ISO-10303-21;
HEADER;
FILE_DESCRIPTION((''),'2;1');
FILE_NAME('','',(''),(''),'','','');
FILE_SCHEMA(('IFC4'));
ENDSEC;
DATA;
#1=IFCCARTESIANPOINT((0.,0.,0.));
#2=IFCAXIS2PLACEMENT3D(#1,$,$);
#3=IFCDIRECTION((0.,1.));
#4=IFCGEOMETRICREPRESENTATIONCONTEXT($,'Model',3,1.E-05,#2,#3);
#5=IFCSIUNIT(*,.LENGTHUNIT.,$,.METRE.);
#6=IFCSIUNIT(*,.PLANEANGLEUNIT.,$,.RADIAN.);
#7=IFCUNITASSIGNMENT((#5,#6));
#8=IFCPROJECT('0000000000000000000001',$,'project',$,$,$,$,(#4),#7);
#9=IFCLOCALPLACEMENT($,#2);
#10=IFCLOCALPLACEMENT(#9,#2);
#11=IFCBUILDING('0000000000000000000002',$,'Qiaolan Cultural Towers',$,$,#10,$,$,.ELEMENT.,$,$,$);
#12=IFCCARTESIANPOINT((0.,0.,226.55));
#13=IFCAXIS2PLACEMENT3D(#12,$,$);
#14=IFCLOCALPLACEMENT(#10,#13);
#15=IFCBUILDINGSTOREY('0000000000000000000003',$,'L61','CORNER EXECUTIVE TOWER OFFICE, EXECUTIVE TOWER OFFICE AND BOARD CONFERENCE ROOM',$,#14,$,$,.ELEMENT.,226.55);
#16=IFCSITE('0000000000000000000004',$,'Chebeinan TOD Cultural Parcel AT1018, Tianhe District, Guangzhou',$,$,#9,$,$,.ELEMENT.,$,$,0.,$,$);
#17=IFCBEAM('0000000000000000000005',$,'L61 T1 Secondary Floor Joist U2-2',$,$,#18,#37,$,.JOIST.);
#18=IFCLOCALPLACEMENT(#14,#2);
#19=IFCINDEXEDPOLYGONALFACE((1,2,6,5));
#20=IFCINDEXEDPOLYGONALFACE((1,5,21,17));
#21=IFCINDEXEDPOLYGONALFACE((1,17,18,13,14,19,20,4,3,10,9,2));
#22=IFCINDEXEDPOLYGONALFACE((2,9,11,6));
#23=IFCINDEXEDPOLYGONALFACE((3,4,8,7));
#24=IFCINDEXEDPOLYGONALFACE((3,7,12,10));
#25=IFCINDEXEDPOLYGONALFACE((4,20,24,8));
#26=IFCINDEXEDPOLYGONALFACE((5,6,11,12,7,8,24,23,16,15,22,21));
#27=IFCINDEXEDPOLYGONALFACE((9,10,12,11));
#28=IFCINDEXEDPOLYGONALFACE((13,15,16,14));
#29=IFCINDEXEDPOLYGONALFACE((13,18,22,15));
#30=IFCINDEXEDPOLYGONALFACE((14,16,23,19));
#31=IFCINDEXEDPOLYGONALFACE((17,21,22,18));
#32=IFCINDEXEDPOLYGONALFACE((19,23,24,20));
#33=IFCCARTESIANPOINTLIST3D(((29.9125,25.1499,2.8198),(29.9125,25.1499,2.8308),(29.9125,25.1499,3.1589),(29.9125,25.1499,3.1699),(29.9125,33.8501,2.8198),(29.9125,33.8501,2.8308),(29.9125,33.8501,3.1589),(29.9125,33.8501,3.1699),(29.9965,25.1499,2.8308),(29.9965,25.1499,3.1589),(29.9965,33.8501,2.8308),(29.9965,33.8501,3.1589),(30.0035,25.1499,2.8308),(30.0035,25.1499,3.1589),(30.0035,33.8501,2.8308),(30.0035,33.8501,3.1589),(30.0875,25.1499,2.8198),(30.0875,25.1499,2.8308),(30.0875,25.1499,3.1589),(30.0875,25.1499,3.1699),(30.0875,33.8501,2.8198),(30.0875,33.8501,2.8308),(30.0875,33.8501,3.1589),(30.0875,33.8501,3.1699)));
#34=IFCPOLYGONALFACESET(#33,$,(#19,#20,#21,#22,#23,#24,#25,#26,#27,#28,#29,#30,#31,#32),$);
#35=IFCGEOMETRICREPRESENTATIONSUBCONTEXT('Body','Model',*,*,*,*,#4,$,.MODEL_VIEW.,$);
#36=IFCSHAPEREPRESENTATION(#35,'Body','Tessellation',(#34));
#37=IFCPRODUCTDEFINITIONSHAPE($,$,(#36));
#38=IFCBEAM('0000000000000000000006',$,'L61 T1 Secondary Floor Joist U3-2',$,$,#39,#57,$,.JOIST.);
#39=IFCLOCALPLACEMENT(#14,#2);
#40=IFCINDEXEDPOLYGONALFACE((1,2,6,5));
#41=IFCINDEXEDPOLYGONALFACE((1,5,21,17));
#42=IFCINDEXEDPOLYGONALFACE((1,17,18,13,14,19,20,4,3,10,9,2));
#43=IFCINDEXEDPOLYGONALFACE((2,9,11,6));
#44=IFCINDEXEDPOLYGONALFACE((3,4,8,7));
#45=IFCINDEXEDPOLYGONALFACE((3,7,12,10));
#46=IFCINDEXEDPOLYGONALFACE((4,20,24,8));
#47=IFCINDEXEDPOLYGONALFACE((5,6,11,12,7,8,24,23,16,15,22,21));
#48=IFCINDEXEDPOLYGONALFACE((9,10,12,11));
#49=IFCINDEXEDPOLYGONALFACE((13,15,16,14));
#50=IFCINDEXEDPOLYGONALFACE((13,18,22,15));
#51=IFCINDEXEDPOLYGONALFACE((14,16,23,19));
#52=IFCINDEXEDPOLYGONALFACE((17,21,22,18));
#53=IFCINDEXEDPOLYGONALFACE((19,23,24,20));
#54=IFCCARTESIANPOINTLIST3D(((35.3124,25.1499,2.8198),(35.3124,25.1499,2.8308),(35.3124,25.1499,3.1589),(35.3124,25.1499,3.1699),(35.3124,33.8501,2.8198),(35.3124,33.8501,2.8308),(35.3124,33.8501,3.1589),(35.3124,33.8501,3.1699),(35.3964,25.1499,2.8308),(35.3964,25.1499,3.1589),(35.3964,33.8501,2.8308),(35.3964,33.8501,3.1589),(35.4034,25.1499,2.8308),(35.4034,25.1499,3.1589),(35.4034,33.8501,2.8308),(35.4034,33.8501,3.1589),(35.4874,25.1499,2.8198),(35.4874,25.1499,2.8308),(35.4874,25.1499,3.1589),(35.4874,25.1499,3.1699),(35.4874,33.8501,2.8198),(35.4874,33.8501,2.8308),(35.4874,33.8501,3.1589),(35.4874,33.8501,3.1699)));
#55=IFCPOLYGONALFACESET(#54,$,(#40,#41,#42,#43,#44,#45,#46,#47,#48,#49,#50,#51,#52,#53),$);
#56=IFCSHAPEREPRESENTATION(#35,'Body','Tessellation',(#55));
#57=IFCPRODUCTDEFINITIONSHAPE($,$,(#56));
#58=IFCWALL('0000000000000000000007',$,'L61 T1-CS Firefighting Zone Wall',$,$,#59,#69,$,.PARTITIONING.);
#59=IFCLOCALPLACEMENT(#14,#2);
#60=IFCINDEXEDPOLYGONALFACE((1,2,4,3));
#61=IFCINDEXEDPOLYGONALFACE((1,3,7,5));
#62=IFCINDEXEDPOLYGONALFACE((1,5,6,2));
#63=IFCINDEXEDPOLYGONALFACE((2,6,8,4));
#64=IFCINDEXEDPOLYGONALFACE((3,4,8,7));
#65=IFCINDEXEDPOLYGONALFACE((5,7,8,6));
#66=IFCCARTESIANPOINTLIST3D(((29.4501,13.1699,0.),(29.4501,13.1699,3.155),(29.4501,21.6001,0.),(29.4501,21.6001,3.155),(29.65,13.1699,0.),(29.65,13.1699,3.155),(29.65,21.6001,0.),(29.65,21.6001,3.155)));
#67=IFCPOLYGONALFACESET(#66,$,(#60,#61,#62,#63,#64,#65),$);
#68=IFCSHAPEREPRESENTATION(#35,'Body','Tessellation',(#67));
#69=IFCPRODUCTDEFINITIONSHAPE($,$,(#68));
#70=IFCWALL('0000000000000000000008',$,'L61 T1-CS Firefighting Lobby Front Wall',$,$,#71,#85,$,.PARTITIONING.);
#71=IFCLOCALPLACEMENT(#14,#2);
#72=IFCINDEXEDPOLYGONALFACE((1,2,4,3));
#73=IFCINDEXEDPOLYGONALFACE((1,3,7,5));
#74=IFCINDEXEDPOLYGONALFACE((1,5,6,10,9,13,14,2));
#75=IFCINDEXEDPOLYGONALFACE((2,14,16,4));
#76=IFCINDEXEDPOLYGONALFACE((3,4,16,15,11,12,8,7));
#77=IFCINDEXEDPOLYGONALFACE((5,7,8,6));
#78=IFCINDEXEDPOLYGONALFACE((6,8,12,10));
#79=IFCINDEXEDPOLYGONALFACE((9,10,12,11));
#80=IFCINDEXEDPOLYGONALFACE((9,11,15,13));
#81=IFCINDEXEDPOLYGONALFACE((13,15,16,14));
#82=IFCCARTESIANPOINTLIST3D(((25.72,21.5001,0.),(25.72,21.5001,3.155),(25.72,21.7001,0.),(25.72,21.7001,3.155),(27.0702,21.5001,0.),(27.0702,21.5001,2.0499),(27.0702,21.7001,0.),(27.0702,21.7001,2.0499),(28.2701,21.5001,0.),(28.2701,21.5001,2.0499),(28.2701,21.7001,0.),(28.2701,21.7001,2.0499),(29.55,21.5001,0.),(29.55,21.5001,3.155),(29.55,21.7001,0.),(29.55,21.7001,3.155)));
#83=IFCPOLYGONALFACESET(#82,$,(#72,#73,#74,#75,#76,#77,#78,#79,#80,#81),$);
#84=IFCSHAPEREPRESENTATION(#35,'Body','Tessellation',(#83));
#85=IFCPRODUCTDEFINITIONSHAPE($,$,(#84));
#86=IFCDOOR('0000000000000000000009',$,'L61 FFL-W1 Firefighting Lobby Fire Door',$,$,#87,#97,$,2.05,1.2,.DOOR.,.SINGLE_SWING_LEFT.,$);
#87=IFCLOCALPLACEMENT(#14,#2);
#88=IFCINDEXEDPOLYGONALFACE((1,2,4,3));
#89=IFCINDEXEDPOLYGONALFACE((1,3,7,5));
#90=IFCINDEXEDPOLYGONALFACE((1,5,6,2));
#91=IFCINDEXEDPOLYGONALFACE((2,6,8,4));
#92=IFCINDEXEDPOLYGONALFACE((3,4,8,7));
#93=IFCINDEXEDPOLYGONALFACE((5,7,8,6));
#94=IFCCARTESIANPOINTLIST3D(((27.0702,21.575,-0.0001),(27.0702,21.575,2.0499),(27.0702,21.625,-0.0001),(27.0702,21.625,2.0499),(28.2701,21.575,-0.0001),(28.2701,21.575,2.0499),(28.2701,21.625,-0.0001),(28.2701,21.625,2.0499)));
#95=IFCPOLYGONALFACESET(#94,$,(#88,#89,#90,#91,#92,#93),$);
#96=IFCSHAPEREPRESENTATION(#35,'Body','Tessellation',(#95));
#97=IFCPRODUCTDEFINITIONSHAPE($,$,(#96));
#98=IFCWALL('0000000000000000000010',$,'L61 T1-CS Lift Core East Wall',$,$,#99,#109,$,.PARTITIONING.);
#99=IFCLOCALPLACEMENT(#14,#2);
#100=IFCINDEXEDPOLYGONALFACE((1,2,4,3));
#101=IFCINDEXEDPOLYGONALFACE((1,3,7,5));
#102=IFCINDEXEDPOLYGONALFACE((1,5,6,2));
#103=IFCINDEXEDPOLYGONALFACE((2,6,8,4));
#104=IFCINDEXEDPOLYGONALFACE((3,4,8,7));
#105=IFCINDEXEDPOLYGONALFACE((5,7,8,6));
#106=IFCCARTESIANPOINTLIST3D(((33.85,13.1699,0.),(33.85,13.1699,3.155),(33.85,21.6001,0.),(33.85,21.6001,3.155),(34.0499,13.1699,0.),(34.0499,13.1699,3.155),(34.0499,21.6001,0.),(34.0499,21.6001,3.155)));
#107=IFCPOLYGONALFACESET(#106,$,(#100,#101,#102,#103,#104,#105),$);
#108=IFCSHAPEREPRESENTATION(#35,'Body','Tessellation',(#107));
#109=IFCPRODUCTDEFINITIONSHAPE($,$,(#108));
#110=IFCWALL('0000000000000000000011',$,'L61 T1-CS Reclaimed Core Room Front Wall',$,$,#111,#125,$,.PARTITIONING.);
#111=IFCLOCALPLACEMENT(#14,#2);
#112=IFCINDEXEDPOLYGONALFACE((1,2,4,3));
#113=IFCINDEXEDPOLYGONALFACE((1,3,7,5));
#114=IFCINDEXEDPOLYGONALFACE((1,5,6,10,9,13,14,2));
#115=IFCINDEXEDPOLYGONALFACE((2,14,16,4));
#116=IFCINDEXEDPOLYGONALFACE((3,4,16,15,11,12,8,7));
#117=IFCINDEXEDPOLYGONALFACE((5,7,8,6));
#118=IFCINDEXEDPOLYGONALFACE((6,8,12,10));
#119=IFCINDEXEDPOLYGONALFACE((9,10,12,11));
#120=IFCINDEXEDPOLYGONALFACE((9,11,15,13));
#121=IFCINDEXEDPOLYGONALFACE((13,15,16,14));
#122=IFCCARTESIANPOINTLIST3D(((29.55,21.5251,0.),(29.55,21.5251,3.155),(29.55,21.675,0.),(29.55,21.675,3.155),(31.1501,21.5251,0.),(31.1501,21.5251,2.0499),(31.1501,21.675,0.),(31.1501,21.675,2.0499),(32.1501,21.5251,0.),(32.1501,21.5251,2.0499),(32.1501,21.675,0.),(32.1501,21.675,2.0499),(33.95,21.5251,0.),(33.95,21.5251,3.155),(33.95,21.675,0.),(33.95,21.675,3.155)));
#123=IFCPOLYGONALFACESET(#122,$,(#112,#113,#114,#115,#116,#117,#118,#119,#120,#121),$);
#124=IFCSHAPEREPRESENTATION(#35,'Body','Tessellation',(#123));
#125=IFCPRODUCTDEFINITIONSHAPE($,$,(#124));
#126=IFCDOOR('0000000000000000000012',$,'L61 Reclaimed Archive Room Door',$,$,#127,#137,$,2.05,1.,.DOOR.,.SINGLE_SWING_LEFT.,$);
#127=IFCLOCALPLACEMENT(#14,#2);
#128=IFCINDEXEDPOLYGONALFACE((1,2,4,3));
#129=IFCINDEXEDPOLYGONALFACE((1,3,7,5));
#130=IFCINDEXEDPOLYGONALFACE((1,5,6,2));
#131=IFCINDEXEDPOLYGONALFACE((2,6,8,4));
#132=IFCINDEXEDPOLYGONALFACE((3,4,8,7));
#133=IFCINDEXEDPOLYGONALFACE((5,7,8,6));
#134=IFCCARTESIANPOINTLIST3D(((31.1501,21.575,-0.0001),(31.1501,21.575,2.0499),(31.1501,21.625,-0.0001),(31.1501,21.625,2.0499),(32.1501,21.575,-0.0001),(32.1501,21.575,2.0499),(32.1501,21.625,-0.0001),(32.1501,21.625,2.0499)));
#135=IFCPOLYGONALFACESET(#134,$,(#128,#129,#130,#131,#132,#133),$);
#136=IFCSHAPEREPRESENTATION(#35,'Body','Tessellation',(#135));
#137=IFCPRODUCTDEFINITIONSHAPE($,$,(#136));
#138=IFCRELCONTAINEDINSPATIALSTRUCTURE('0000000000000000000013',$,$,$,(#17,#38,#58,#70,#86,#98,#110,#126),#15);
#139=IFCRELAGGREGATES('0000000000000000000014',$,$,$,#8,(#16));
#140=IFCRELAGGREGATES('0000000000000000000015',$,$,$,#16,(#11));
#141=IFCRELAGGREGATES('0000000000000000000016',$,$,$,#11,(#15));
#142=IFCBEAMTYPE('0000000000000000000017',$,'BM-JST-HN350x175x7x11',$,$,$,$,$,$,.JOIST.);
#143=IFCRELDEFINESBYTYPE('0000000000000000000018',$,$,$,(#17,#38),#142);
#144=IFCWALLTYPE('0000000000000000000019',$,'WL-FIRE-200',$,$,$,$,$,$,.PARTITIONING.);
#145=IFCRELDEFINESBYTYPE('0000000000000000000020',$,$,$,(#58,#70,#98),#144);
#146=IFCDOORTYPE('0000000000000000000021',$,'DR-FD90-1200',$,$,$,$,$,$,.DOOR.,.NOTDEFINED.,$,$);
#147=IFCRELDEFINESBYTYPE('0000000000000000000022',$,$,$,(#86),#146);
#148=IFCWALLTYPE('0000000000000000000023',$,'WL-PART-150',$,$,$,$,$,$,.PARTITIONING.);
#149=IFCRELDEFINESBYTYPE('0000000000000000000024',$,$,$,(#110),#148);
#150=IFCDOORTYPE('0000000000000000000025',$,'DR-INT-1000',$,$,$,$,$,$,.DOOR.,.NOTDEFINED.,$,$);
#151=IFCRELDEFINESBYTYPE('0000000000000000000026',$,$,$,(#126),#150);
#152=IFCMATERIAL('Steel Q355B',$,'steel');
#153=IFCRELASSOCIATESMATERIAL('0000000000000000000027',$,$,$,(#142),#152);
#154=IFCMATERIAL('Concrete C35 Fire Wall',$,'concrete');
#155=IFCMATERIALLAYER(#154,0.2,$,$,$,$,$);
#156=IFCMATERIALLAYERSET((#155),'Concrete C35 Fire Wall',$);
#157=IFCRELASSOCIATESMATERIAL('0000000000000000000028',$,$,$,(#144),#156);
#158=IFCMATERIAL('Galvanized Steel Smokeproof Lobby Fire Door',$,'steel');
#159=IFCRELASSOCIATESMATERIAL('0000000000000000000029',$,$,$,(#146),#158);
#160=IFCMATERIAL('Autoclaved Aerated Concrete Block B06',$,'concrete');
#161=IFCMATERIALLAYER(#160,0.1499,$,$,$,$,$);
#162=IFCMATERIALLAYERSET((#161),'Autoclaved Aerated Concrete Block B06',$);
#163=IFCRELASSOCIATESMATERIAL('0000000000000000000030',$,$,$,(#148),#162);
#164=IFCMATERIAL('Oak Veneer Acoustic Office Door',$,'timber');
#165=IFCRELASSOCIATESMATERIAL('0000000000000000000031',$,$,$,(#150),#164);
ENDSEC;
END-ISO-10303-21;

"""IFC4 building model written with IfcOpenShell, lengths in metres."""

from ifc_helpers import new_model, si_unit, direction, frame, frame_2d, origin, origin_2d, place, context, subcontext, project, spatial, rectangle, i_section, extrude, material, layer, layer_set, material_profile, profile_set, type_object, element, fill, save


model = new_model("IFC4")

# Units and contexts
model_context = context("Model", 3, precision=1e-05, world=origin(), true_north=direction((0.0, 1.0)))
body_context = subcontext(model_context, "Body", "Model", "MODEL_VIEW")
ifc_project = project(units=[si_unit("LENGTHUNIT", "METRE"), si_unit("PLANEANGLEUNIT", "RADIAN")], contexts=[model_context])

# Site, building, storey
site_placement = place(None, origin())
site = spatial("IfcSite", under=ifc_project, at=site_placement, Name="Chebeinan TOD Cultural Parcel AT1018, Tianhe District, Guangzhou", CompositionType="ELEMENT", RefElevation=0.0)
building_placement = place(site_placement, origin())
building = spatial("IfcBuilding", under=site, at=building_placement, Name="Qiaolan Cultural Towers", CompositionType="ELEMENT")
storey_placement = place(building_placement, frame((0.0, 0.0, 226.55)))
storey = spatial("IfcBuildingStorey", under=building, at=storey_placement, Name="L61", Description="CORNER EXECUTIVE TOWER OFFICE, EXECUTIVE TOWER OFFICE AND BOARD CONFERENCE ROOM", CompositionType="ELEMENT", Elevation=226.55)

# Beams
ifc_material_1 = material(Name="Steel Q355B", Category="steel")
ifc_material_profile = material_profile(ifc_material_1, i_section(OverallWidth=0.175, OverallDepth=0.3501, WebThickness=0.0071, FlangeThickness=0.011, at=origin_2d()), Name="HN350x175x7x11")
ifc_profile_set = profile_set([ifc_material_profile], Name="Steel Q355B")
beam_type = type_object("IfcBeamType", Name="BM-JST-HN350x175x7x11", PredefinedType="JOIST", material=ifc_profile_set)
for number, where, z_axis, x_axis, name in (
    (1, (30.0, 25.1499, 2.9949), (0.0, 1.0, 0.0), (-1.0, 0.0, 0.0), "L61 T1 Secondary Floor Joist U2-2"),
    (2, (35.3999, 25.1499, 2.9949), (0.0, 1.0, 0.0), (-1.0, 0.0, 0.0), "L61 T1 Secondary Floor Joist U3-2"),
):
    element("IfcBeam", number, at=place(storey_placement, frame(where, z_axis=z_axis, x_axis=x_axis)), inside=storey, type_object=beam_type, Name=name, PredefinedType="JOIST", context=body_context, shape_type="SweptSolid", body=[
        extrude(i_section(OverallWidth=0.175, OverallDepth=0.3501, WebThickness=0.0071, FlangeThickness=0.011, at=origin_2d()), origin(), (0.0, 0.0, 1.0), 8.7002),
    ])

# Wall
ifc_material_2 = material(Name="Concrete C35 Fire Wall", Category="concrete")
ifc_layer_1 = layer(ifc_material_2, 0.2)
ifc_layer_set_1 = layer_set([ifc_layer_1], Name="Concrete C35 Fire Wall")
wall_type_1 = type_object("IfcWallType", Name="WL-FIRE-200", PredefinedType="PARTITIONING", material=ifc_layer_set_1)
wall_1_placement = place(storey_placement, frame((29.55, 21.6001, 0.0), z_axis=(0.0, 0.0, 1.0), x_axis=(0.0, -1.0, 0.0)))
element("IfcWall", 3, at=wall_1_placement, inside=storey, type_object=wall_type_1, Name="L61 T1-CS Firefighting Zone Wall", PredefinedType="PARTITIONING", context=body_context, shape_type="SweptSolid", body=[
    extrude(rectangle(XDim=8.4302, YDim=0.2, at=frame_2d((4.2151, 0.0))), origin(), (0.0, 0.0, 1.0), 3.155),
])

# Wall, opening, door
wall_2_placement = place(storey_placement, frame((25.72, 21.6001, 0.0), z_axis=(0.0, 0.0, 1.0), x_axis=(1.0, 0.0, 0.0)))
wall_2 = element("IfcWall", 4, at=wall_2_placement, inside=storey, type_object=wall_type_1, Name="L61 T1-CS Firefighting Lobby Front Wall", PredefinedType="PARTITIONING", context=body_context, shape_type="SweptSolid", body=[
    extrude(rectangle(XDim=3.8301, YDim=0.2, at=frame_2d((1.915, 0.0))), origin(), (0.0, 0.0, 1.0), 3.155),
])
opening_1_placement = place(wall_2_placement, frame((1.3501, 0.0, 0.0)))
opening_1 = element("IfcOpeningElement", 5, at=opening_1_placement, cuts=wall_2, PredefinedType="OPENING", context=body_context, shape_type="SweptSolid", body=[
    extrude(rectangle(XDim=1.2, YDim=2.05, at=frame_2d((0.6001, 1.0249))), frame((0.0, 0.1099, 0.0), z_axis=(0.0, -1.0, 0.0), x_axis=(1.0, 0.0, 0.0)), (0.0, 0.0, 1.0), 0.22),
])
ifc_material_3 = material(Name="Galvanized Steel Smokeproof Lobby Fire Door", Category="steel")
door_type_1 = type_object("IfcDoorType", Name="DR-FD90-1200", OperationType="NOTDEFINED", PredefinedType="DOOR", material=ifc_material_3)
door_1_placement = place(opening_1_placement, origin())
door_1 = element("IfcDoor", 6, at=door_1_placement, inside=storey, type_object=door_type_1, Name="L61 FFL-W1 Firefighting Lobby Fire Door", OperationType="SINGLE_SWING_LEFT", OverallHeight=2.05, OverallWidth=1.2, PredefinedType="DOOR", context=body_context, shape_type="SweptSolid", body=[
    extrude(rectangle(XDim=1.2, YDim=2.05, at=frame_2d((0.6001, 1.0249))), frame((0.0, 0.0249, 0.0), z_axis=(0.0, -1.0, 0.0), x_axis=(1.0, 0.0, 0.0)), (0.0, 0.0, 1.0), 0.05),
])
fill(opening_1, door_1)

# Wall
wall_3_placement = place(storey_placement, frame((33.95, 21.6001, 0.0), z_axis=(0.0, 0.0, 1.0), x_axis=(0.0, -1.0, 0.0)))
element("IfcWall", 7, at=wall_3_placement, inside=storey, type_object=wall_type_1, Name="L61 T1-CS Lift Core East Wall", PredefinedType="PARTITIONING", context=body_context, shape_type="SweptSolid", body=[
    extrude(rectangle(XDim=8.4302, YDim=0.2, at=frame_2d((4.2151, 0.0))), origin(), (0.0, 0.0, 1.0), 3.155),
])

# Wall, opening, door
ifc_material_4 = material(Name="Autoclaved Aerated Concrete Block B06", Category="concrete")
ifc_layer_2 = layer(ifc_material_4, 0.1499)
ifc_layer_set_2 = layer_set([ifc_layer_2], Name="Autoclaved Aerated Concrete Block B06")
wall_type_2 = type_object("IfcWallType", Name="WL-PART-150", PredefinedType="PARTITIONING", material=ifc_layer_set_2)
wall_4_placement = place(storey_placement, frame((29.55, 21.6001, 0.0), z_axis=(0.0, 0.0, 1.0), x_axis=(1.0, 0.0, 0.0)))
wall_4 = element("IfcWall", 8, at=wall_4_placement, inside=storey, type_object=wall_type_2, Name="L61 T1-CS Reclaimed Core Room Front Wall", PredefinedType="PARTITIONING", context=body_context, shape_type="SweptSolid", body=[
    extrude(rectangle(XDim=4.3999, YDim=0.1499, at=frame_2d((2.2, 0.0))), origin(), (0.0, 0.0, 1.0), 3.155),
])
opening_2_placement = place(wall_4_placement, frame((1.6001, 0.0, 0.0)))
opening_2 = element("IfcOpeningElement", 9, at=opening_2_placement, cuts=wall_4, PredefinedType="OPENING", context=body_context, shape_type="SweptSolid", body=[
    extrude(rectangle(XDim=1.0, YDim=2.05, at=frame_2d((0.5, 1.0249))), frame((0.0, 0.085, 0.0), z_axis=(0.0, -1.0, 0.0), x_axis=(1.0, 0.0, 0.0)), (0.0, 0.0, 1.0), 0.1699),
])
ifc_material_5 = material(Name="Oak Veneer Acoustic Office Door", Category="timber")
door_type_2 = type_object("IfcDoorType", Name="DR-INT-1000", OperationType="NOTDEFINED", PredefinedType="DOOR", material=ifc_material_5)
door_2_placement = place(opening_2_placement, origin())
door_2 = element("IfcDoor", 10, at=door_2_placement, inside=storey, type_object=door_type_2, Name="L61 Reclaimed Archive Room Door", OperationType="SINGLE_SWING_LEFT", OverallHeight=2.05, OverallWidth=1.0, PredefinedType="DOOR", context=body_context, shape_type="SweptSolid", body=[
    extrude(rectangle(XDim=1.0, YDim=2.05, at=frame_2d((0.5, 1.0249))), frame((0.0, 0.0249, 0.0), z_axis=(0.0, -1.0, 0.0), x_axis=(1.0, 0.0, 0.0)), (0.0, 0.0, 1.0), 0.05),
])
fill(opening_2, door_2)

save(model, "model.ifc")
